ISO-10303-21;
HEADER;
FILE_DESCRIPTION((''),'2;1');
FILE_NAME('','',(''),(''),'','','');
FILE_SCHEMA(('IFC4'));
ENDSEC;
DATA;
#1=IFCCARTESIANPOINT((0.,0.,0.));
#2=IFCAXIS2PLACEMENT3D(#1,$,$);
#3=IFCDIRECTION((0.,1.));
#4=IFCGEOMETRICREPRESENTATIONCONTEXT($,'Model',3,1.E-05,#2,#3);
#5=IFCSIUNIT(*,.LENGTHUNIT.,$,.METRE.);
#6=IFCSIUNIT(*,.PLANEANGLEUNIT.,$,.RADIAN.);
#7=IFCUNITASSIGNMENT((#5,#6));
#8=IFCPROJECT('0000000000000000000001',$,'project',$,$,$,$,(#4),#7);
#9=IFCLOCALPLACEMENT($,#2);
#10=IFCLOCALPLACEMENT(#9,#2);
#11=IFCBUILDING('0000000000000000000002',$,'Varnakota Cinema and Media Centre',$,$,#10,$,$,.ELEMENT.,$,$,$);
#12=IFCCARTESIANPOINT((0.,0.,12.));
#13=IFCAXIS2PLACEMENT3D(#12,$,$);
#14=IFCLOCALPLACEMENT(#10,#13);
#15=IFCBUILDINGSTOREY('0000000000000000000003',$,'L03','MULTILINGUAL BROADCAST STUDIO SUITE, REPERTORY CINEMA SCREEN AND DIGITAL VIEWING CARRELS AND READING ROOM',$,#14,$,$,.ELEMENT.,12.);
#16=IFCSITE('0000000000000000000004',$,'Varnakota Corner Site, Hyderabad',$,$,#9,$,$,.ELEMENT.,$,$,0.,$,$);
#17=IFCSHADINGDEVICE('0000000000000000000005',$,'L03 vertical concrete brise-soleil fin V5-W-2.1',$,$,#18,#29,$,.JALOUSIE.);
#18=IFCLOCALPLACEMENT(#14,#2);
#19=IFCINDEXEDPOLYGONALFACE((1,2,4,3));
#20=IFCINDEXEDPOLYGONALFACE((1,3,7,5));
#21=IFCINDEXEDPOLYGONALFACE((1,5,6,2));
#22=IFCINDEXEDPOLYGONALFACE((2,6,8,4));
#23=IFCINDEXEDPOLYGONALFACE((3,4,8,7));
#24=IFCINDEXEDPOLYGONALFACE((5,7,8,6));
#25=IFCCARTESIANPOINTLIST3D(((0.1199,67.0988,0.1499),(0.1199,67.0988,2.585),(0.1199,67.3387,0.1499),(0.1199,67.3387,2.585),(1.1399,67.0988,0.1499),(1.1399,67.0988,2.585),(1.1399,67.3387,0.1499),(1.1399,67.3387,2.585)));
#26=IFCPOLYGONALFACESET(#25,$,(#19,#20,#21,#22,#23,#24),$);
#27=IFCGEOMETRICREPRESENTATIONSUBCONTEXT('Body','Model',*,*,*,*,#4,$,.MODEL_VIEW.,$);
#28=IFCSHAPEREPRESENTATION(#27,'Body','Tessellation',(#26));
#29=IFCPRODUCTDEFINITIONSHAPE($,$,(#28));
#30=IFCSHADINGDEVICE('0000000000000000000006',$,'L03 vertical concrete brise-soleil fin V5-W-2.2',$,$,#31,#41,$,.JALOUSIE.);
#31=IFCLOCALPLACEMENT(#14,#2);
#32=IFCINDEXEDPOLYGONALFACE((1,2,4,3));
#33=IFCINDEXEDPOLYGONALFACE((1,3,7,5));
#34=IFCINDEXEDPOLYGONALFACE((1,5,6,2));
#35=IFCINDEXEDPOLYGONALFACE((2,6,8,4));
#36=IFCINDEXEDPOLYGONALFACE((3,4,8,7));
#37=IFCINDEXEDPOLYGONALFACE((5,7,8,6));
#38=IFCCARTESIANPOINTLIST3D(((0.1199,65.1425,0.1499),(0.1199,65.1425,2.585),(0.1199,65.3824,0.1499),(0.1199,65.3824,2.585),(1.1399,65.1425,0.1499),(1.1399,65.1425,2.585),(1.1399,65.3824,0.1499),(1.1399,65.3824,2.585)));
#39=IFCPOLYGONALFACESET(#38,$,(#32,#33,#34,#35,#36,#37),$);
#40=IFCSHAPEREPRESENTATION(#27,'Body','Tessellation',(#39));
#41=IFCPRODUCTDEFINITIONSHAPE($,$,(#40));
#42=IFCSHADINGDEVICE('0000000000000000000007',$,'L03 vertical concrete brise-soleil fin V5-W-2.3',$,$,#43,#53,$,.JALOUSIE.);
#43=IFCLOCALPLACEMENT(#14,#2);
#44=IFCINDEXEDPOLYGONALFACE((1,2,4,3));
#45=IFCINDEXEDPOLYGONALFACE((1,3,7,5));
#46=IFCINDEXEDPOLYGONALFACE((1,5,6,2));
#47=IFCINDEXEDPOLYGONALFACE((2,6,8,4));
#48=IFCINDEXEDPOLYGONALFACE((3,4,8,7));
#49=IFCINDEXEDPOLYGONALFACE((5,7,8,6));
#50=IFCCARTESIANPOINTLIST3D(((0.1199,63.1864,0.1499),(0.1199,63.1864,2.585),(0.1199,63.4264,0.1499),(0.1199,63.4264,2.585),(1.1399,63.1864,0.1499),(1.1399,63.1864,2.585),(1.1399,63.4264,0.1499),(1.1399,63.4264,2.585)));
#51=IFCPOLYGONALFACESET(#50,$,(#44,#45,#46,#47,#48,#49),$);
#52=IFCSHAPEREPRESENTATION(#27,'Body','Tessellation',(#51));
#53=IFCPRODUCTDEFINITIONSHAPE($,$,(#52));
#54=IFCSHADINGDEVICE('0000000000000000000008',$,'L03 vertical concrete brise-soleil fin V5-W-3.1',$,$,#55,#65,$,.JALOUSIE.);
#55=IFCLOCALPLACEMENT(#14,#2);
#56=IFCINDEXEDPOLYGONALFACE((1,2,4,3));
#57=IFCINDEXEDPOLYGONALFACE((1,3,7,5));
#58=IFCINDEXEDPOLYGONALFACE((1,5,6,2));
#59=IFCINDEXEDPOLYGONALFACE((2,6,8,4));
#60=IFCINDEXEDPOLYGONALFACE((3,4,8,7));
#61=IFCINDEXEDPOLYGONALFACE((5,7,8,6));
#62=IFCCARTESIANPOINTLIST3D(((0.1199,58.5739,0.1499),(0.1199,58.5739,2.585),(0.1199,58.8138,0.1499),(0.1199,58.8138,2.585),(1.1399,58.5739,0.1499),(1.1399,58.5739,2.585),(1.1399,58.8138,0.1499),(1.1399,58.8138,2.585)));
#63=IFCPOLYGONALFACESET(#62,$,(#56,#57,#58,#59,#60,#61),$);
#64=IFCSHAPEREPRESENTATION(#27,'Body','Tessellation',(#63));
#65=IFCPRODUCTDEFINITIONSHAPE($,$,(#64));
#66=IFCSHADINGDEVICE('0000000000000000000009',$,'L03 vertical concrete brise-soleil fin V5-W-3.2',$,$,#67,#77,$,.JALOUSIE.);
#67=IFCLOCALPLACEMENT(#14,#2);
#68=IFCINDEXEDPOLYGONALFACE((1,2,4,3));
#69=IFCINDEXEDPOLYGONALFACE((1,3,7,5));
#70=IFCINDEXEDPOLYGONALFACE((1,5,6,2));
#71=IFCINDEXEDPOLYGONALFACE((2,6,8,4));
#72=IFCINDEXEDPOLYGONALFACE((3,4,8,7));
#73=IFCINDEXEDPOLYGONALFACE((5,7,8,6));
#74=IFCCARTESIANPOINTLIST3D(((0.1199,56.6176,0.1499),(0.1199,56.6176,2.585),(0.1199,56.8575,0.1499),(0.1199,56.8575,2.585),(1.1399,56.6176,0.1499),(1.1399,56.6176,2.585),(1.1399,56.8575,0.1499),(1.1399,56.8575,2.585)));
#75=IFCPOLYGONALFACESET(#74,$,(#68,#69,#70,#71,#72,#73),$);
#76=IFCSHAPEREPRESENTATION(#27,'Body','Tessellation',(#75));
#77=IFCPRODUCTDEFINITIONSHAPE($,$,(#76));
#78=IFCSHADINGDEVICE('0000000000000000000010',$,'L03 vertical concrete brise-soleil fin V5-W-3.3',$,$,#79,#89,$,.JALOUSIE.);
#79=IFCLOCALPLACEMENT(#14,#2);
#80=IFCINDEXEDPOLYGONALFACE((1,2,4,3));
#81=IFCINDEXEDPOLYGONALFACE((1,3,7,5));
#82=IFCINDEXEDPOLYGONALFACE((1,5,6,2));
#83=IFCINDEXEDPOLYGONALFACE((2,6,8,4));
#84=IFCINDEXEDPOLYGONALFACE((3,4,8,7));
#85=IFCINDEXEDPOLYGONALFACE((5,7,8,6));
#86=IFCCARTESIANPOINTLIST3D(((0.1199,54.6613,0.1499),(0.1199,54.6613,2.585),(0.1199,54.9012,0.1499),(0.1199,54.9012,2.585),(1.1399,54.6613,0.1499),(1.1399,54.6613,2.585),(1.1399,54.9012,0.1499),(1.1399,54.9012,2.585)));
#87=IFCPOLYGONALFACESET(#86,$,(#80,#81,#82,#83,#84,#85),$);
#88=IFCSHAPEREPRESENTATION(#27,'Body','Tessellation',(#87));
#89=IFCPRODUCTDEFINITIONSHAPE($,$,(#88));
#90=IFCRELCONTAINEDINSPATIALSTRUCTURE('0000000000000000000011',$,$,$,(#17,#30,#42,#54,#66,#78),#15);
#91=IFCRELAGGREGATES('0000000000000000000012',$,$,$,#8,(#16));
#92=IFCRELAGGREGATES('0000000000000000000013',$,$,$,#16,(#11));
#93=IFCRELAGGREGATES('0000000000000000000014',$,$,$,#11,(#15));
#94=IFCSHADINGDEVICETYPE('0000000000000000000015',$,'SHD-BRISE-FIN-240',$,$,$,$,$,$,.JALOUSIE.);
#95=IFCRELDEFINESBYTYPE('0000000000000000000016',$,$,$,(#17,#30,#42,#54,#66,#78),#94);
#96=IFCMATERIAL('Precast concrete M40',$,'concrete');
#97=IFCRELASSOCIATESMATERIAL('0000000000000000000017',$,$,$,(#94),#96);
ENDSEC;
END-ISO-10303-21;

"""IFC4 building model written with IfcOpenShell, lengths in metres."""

from ifc_helpers import new_model, si_unit, direction, frame, origin, origin_2d, place, context, subcontext, project, spatial, rectangle, extrude, material, type_object, element, save


model = new_model("IFC4")

# Units and contexts
model_context = context("Model", 3, precision=1e-05, world=origin(), true_north=direction((0.0, 1.0)))
body_context = subcontext(model_context, "Body", "Model", "MODEL_VIEW")
ifc_project = project(units=[si_unit("LENGTHUNIT", "METRE"), si_unit("PLANEANGLEUNIT", "RADIAN")], contexts=[model_context])

# Site, building, storey
site_placement = place(None, origin())
site = spatial("IfcSite", under=ifc_project, at=site_placement, Name="Varnakota Corner Site, Hyderabad", CompositionType="ELEMENT", RefElevation=0.0)
building_placement = place(site_placement, origin())
building = spatial("IfcBuilding", under=site, at=building_placement, Name="Varnakota Cinema and Media Centre", CompositionType="ELEMENT")
storey_placement = place(building_placement, frame((0.0, 0.0, 12.0)))
storey = spatial("IfcBuildingStorey", under=building, at=storey_placement, Name="L03", Description="MULTILINGUAL BROADCAST STUDIO SUITE, REPERTORY CINEMA SCREEN AND DIGITAL VIEWING CARRELS AND READING ROOM", CompositionType="ELEMENT", Elevation=12.0)

# Shading devices
ifc_material_1 = material(Name="Precast concrete M40", Category="concrete")
shading_device_type = type_object("IfcShadingDeviceType", Name="SHD-BRISE-FIN-240", PredefinedType="JALOUSIE", material=ifc_material_1)
for number, where, z_axis, x_axis, name in (
    (1, (0.6299, 67.2188, 0.1499), (0.0, 0.0, 1.0), (0.0, -1.0, 0.0), "L03 vertical concrete brise-soleil fin V5-W-2.1"),
    (2, (0.6299, 65.2625, 0.1499), (0.0, 0.0, 1.0), (0.0, -1.0, 0.0), "L03 vertical concrete brise-soleil fin V5-W-2.2"),
    (3, (0.6299, 63.3064, 0.1499), (0.0, 0.0, 1.0), (0.0, -1.0, 0.0), "L03 vertical concrete brise-soleil fin V5-W-2.3"),
    (4, (0.6299, 58.6938, 0.1499), (0.0, 0.0, 1.0), (0.0, -1.0, 0.0), "L03 vertical concrete brise-soleil fin V5-W-3.1"),
    (5, (0.6299, 56.7375, 0.1499), (0.0, 0.0, 1.0), (0.0, -1.0, 0.0), "L03 vertical concrete brise-soleil fin V5-W-3.2"),
    (6, (0.6299, 54.7812, 0.1499), (0.0, 0.0, 1.0), (0.0, -1.0, 0.0), "L03 vertical concrete brise-soleil fin V5-W-3.3"),
):
    element("IfcShadingDevice", number, at=place(storey_placement, frame(where, z_axis=z_axis, x_axis=x_axis)), inside=storey, type_object=shading_device_type, Name=name, PredefinedType="JALOUSIE", context=body_context, shape_type="SweptSolid", body=[
        extrude(rectangle(XDim=0.24, YDim=1.02, at=origin_2d()), origin(), (0.0, 0.0, 1.0), 2.4351),
    ])

save(model, "model.ifc")
